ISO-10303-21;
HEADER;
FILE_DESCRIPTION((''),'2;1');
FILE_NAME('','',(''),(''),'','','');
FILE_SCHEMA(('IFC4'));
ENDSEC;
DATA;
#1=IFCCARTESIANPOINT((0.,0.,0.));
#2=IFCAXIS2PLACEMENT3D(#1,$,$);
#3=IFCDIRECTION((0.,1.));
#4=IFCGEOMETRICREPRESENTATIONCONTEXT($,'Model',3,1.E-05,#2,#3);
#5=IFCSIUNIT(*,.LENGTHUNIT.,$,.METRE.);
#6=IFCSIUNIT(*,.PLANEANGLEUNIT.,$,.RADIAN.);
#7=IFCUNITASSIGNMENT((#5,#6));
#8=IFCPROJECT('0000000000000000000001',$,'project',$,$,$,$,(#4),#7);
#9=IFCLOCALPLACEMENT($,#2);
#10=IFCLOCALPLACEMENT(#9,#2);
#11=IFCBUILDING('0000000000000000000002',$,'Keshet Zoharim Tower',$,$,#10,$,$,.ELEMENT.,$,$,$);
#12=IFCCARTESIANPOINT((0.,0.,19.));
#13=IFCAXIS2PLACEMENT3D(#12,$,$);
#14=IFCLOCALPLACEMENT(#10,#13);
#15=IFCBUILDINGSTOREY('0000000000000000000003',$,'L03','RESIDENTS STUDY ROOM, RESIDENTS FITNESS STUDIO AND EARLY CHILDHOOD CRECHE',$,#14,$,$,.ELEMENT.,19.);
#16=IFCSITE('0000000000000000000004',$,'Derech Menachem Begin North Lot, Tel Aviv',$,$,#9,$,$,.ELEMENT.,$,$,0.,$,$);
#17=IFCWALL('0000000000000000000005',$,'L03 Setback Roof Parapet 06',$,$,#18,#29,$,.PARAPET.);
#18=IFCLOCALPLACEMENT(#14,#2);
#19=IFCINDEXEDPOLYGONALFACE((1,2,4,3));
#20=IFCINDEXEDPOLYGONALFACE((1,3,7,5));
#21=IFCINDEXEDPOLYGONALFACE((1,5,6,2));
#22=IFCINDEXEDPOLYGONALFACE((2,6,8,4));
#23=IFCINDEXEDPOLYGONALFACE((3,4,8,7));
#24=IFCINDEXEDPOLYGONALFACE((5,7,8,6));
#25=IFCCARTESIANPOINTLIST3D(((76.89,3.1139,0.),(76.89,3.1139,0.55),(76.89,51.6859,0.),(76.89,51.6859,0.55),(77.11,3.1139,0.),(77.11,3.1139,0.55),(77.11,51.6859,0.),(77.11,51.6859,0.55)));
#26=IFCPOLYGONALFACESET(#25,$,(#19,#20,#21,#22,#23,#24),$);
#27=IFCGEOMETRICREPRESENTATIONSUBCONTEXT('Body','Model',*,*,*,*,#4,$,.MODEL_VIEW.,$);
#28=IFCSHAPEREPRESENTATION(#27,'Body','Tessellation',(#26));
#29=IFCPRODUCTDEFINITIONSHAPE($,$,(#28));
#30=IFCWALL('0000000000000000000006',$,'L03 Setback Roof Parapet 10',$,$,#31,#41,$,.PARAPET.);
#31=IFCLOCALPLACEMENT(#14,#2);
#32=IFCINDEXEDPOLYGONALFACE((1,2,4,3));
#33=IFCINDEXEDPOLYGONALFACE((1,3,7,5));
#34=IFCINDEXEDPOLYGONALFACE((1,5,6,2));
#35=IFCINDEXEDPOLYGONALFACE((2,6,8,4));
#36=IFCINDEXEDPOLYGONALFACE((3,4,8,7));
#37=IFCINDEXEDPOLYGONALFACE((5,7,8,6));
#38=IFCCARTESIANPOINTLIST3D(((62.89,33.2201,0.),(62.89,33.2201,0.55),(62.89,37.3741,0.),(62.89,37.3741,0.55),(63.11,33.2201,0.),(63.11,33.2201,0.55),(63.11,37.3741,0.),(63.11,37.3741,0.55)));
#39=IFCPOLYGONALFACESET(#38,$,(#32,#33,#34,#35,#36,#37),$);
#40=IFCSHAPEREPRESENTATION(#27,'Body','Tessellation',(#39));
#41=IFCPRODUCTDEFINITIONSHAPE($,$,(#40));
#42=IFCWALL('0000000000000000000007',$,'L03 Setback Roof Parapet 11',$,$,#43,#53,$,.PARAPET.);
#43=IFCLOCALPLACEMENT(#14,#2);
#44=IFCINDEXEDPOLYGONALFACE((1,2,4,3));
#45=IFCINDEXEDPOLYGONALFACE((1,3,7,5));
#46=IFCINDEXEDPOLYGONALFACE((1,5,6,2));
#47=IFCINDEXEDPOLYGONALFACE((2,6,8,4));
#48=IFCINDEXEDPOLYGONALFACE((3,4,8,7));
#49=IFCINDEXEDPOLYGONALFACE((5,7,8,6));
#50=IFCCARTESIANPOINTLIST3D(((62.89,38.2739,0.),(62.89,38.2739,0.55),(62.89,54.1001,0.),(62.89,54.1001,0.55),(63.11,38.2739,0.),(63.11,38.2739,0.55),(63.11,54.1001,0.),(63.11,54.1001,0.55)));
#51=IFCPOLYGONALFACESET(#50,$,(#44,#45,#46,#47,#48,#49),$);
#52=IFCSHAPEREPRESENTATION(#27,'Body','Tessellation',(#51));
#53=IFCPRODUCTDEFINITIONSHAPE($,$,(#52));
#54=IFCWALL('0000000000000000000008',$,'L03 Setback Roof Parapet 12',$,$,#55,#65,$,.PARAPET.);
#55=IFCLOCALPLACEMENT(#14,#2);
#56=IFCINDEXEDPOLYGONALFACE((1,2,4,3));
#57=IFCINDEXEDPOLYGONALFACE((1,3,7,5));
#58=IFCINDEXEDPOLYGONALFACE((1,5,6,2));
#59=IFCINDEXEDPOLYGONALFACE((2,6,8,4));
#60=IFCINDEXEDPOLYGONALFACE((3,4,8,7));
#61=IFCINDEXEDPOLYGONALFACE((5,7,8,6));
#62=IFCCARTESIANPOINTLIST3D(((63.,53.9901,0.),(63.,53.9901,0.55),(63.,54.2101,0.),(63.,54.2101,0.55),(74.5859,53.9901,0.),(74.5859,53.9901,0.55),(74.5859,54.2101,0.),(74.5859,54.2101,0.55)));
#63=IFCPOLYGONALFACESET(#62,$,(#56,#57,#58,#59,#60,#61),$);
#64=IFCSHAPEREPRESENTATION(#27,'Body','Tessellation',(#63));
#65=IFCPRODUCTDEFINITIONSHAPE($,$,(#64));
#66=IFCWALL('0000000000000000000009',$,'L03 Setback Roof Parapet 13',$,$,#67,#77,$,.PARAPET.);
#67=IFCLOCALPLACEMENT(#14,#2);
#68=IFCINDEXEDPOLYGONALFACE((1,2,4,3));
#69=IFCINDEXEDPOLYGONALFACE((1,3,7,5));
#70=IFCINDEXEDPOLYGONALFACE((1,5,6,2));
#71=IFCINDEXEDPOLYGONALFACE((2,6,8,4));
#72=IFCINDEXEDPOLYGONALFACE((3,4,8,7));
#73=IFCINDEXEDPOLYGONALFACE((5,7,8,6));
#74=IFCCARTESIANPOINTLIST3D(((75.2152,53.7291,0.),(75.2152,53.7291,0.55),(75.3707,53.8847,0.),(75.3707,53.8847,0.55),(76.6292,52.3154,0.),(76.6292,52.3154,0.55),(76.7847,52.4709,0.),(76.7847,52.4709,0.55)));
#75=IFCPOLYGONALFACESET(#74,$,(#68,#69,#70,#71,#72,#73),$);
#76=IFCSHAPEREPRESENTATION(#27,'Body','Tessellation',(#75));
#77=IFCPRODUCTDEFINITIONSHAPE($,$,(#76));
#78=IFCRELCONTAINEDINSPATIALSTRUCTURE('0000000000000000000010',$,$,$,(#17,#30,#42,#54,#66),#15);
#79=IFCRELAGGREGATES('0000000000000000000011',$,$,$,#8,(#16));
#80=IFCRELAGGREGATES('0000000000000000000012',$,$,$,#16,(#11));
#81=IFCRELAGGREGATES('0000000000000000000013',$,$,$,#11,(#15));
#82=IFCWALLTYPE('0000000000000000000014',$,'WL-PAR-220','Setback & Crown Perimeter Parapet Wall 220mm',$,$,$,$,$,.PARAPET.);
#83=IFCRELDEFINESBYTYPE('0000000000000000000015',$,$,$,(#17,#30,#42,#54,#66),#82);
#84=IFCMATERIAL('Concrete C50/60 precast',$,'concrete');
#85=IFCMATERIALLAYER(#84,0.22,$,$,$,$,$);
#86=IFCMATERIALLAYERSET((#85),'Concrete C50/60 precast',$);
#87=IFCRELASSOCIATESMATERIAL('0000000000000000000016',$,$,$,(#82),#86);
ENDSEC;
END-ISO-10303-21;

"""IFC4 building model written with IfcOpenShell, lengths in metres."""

from ifc_helpers import new_model, si_unit, direction, frame, frame_2d, origin, place, context, subcontext, project, spatial, rectangle, extrude, material, layer, layer_set, type_object, element, save


model = new_model("IFC4")

# Units and contexts
model_context = context("Model", 3, precision=1e-05, world=origin(), true_north=direction((0.0, 1.0)))
body_context = subcontext(model_context, "Body", "Model", "MODEL_VIEW")
ifc_project = project(units=[si_unit("LENGTHUNIT", "METRE"), si_unit("PLANEANGLEUNIT", "RADIAN")], contexts=[model_context])

# Site, building, storey
site_placement = place(None, origin())
site = spatial("IfcSite", under=ifc_project, at=site_placement, Name="Derech Menachem Begin North Lot, Tel Aviv", CompositionType="ELEMENT", RefElevation=0.0)
building_placement = place(site_placement, origin())
building = spatial("IfcBuilding", under=site, at=building_placement, Name="Keshet Zoharim Tower", CompositionType="ELEMENT")
storey_placement = place(building_placement, frame((0.0, 0.0, 19.0)))
storey = spatial("IfcBuildingStorey", under=building, at=storey_placement, Name="L03", Description="RESIDENTS STUDY ROOM, RESIDENTS FITNESS STUDIO AND EARLY CHILDHOOD CRECHE", CompositionType="ELEMENT", Elevation=19.0)

# Walls
ifc_material_1 = material(Name="Concrete C50/60 precast", Category="concrete")
ifc_layer_1 = layer(ifc_material_1, 0.22)
ifc_layer_set_1 = layer_set([ifc_layer_1], Name="Concrete C50/60 precast")
wall_type = type_object("IfcWallType", Name="WL-PAR-220", Description="Setback & Crown Perimeter Parapet Wall 220mm", PredefinedType="PARAPET", material=ifc_layer_set_1)
wall_1_placement = place(storey_placement, frame((77.0, 51.686, 0.0), z_axis=(0.0, 0.0, 1.0), x_axis=(0.0, -1.0, 0.0)))
element("IfcWall", 1, at=wall_1_placement, inside=storey, type_object=wall_type, Name="L03 Setback Roof Parapet 06", PredefinedType="PARAPET", context=body_context, shape_type="SweptSolid", body=[
    extrude(rectangle(XDim=48.572, YDim=0.22, at=frame_2d((24.2861, 0.0))), origin(), (0.0, 0.0, 1.0), 0.55),
])
wall_2_placement = place(storey_placement, frame((63.0, 33.22, 0.0), z_axis=(0.0, 0.0, 1.0), x_axis=(0.0, 1.0, 0.0)))
element("IfcWall", 2, at=wall_2_placement, inside=storey, type_object=wall_type, Name="L03 Setback Roof Parapet 10", PredefinedType="PARAPET", context=body_context, shape_type="SweptSolid", body=[
    extrude(rectangle(XDim=4.1541, YDim=0.22, at=frame_2d((2.0771, 0.0))), origin(), (0.0, 0.0, 1.0), 0.55),
])
wall_3_placement = place(storey_placement, frame((63.0, 38.2739, 0.0), z_axis=(0.0, 0.0, 1.0), x_axis=(0.0, 1.0, 0.0)))
element("IfcWall", 3, at=wall_3_placement, inside=storey, type_object=wall_type, Name="L03 Setback Roof Parapet 11", PredefinedType="PARAPET", context=body_context, shape_type="SweptSolid", body=[
    extrude(rectangle(XDim=15.8262, YDim=0.22, at=frame_2d((7.9131, 0.0))), origin(), (0.0, 0.0, 1.0), 0.55),
])
wall_4_placement = place(storey_placement, frame((63.0, 54.1001, 0.0), z_axis=(0.0, 0.0, 1.0), x_axis=(1.0, 0.0, 0.0)))
element("IfcWall", 4, at=wall_4_placement, inside=storey, type_object=wall_type, Name="L03 Setback Roof Parapet 12", PredefinedType="PARAPET", context=body_context, shape_type="SweptSolid", body=[
    extrude(rectangle(XDim=11.5859, YDim=0.22, at=frame_2d((5.793, 0.0))), origin(), (0.0, 0.0, 1.0), 0.55),
])
wall_5_placement = place(storey_placement, frame((75.293, 53.8069, 0.0), z_axis=(0.0, 0.0, 1.0), x_axis=(0.707168, -0.707046, 0.0)))
element("IfcWall", 5, at=wall_5_placement, inside=storey, type_object=wall_type, Name="L03 Setback Roof Parapet 13", PredefinedType="PARAPET", context=body_context, shape_type="SweptSolid", body=[
    extrude(rectangle(XDim=1.9995, YDim=0.22, at=frame_2d((0.9998, 0.0))), origin(), (0.0, 0.0, 1.0), 0.55),
])

save(model, "model.ifc")
